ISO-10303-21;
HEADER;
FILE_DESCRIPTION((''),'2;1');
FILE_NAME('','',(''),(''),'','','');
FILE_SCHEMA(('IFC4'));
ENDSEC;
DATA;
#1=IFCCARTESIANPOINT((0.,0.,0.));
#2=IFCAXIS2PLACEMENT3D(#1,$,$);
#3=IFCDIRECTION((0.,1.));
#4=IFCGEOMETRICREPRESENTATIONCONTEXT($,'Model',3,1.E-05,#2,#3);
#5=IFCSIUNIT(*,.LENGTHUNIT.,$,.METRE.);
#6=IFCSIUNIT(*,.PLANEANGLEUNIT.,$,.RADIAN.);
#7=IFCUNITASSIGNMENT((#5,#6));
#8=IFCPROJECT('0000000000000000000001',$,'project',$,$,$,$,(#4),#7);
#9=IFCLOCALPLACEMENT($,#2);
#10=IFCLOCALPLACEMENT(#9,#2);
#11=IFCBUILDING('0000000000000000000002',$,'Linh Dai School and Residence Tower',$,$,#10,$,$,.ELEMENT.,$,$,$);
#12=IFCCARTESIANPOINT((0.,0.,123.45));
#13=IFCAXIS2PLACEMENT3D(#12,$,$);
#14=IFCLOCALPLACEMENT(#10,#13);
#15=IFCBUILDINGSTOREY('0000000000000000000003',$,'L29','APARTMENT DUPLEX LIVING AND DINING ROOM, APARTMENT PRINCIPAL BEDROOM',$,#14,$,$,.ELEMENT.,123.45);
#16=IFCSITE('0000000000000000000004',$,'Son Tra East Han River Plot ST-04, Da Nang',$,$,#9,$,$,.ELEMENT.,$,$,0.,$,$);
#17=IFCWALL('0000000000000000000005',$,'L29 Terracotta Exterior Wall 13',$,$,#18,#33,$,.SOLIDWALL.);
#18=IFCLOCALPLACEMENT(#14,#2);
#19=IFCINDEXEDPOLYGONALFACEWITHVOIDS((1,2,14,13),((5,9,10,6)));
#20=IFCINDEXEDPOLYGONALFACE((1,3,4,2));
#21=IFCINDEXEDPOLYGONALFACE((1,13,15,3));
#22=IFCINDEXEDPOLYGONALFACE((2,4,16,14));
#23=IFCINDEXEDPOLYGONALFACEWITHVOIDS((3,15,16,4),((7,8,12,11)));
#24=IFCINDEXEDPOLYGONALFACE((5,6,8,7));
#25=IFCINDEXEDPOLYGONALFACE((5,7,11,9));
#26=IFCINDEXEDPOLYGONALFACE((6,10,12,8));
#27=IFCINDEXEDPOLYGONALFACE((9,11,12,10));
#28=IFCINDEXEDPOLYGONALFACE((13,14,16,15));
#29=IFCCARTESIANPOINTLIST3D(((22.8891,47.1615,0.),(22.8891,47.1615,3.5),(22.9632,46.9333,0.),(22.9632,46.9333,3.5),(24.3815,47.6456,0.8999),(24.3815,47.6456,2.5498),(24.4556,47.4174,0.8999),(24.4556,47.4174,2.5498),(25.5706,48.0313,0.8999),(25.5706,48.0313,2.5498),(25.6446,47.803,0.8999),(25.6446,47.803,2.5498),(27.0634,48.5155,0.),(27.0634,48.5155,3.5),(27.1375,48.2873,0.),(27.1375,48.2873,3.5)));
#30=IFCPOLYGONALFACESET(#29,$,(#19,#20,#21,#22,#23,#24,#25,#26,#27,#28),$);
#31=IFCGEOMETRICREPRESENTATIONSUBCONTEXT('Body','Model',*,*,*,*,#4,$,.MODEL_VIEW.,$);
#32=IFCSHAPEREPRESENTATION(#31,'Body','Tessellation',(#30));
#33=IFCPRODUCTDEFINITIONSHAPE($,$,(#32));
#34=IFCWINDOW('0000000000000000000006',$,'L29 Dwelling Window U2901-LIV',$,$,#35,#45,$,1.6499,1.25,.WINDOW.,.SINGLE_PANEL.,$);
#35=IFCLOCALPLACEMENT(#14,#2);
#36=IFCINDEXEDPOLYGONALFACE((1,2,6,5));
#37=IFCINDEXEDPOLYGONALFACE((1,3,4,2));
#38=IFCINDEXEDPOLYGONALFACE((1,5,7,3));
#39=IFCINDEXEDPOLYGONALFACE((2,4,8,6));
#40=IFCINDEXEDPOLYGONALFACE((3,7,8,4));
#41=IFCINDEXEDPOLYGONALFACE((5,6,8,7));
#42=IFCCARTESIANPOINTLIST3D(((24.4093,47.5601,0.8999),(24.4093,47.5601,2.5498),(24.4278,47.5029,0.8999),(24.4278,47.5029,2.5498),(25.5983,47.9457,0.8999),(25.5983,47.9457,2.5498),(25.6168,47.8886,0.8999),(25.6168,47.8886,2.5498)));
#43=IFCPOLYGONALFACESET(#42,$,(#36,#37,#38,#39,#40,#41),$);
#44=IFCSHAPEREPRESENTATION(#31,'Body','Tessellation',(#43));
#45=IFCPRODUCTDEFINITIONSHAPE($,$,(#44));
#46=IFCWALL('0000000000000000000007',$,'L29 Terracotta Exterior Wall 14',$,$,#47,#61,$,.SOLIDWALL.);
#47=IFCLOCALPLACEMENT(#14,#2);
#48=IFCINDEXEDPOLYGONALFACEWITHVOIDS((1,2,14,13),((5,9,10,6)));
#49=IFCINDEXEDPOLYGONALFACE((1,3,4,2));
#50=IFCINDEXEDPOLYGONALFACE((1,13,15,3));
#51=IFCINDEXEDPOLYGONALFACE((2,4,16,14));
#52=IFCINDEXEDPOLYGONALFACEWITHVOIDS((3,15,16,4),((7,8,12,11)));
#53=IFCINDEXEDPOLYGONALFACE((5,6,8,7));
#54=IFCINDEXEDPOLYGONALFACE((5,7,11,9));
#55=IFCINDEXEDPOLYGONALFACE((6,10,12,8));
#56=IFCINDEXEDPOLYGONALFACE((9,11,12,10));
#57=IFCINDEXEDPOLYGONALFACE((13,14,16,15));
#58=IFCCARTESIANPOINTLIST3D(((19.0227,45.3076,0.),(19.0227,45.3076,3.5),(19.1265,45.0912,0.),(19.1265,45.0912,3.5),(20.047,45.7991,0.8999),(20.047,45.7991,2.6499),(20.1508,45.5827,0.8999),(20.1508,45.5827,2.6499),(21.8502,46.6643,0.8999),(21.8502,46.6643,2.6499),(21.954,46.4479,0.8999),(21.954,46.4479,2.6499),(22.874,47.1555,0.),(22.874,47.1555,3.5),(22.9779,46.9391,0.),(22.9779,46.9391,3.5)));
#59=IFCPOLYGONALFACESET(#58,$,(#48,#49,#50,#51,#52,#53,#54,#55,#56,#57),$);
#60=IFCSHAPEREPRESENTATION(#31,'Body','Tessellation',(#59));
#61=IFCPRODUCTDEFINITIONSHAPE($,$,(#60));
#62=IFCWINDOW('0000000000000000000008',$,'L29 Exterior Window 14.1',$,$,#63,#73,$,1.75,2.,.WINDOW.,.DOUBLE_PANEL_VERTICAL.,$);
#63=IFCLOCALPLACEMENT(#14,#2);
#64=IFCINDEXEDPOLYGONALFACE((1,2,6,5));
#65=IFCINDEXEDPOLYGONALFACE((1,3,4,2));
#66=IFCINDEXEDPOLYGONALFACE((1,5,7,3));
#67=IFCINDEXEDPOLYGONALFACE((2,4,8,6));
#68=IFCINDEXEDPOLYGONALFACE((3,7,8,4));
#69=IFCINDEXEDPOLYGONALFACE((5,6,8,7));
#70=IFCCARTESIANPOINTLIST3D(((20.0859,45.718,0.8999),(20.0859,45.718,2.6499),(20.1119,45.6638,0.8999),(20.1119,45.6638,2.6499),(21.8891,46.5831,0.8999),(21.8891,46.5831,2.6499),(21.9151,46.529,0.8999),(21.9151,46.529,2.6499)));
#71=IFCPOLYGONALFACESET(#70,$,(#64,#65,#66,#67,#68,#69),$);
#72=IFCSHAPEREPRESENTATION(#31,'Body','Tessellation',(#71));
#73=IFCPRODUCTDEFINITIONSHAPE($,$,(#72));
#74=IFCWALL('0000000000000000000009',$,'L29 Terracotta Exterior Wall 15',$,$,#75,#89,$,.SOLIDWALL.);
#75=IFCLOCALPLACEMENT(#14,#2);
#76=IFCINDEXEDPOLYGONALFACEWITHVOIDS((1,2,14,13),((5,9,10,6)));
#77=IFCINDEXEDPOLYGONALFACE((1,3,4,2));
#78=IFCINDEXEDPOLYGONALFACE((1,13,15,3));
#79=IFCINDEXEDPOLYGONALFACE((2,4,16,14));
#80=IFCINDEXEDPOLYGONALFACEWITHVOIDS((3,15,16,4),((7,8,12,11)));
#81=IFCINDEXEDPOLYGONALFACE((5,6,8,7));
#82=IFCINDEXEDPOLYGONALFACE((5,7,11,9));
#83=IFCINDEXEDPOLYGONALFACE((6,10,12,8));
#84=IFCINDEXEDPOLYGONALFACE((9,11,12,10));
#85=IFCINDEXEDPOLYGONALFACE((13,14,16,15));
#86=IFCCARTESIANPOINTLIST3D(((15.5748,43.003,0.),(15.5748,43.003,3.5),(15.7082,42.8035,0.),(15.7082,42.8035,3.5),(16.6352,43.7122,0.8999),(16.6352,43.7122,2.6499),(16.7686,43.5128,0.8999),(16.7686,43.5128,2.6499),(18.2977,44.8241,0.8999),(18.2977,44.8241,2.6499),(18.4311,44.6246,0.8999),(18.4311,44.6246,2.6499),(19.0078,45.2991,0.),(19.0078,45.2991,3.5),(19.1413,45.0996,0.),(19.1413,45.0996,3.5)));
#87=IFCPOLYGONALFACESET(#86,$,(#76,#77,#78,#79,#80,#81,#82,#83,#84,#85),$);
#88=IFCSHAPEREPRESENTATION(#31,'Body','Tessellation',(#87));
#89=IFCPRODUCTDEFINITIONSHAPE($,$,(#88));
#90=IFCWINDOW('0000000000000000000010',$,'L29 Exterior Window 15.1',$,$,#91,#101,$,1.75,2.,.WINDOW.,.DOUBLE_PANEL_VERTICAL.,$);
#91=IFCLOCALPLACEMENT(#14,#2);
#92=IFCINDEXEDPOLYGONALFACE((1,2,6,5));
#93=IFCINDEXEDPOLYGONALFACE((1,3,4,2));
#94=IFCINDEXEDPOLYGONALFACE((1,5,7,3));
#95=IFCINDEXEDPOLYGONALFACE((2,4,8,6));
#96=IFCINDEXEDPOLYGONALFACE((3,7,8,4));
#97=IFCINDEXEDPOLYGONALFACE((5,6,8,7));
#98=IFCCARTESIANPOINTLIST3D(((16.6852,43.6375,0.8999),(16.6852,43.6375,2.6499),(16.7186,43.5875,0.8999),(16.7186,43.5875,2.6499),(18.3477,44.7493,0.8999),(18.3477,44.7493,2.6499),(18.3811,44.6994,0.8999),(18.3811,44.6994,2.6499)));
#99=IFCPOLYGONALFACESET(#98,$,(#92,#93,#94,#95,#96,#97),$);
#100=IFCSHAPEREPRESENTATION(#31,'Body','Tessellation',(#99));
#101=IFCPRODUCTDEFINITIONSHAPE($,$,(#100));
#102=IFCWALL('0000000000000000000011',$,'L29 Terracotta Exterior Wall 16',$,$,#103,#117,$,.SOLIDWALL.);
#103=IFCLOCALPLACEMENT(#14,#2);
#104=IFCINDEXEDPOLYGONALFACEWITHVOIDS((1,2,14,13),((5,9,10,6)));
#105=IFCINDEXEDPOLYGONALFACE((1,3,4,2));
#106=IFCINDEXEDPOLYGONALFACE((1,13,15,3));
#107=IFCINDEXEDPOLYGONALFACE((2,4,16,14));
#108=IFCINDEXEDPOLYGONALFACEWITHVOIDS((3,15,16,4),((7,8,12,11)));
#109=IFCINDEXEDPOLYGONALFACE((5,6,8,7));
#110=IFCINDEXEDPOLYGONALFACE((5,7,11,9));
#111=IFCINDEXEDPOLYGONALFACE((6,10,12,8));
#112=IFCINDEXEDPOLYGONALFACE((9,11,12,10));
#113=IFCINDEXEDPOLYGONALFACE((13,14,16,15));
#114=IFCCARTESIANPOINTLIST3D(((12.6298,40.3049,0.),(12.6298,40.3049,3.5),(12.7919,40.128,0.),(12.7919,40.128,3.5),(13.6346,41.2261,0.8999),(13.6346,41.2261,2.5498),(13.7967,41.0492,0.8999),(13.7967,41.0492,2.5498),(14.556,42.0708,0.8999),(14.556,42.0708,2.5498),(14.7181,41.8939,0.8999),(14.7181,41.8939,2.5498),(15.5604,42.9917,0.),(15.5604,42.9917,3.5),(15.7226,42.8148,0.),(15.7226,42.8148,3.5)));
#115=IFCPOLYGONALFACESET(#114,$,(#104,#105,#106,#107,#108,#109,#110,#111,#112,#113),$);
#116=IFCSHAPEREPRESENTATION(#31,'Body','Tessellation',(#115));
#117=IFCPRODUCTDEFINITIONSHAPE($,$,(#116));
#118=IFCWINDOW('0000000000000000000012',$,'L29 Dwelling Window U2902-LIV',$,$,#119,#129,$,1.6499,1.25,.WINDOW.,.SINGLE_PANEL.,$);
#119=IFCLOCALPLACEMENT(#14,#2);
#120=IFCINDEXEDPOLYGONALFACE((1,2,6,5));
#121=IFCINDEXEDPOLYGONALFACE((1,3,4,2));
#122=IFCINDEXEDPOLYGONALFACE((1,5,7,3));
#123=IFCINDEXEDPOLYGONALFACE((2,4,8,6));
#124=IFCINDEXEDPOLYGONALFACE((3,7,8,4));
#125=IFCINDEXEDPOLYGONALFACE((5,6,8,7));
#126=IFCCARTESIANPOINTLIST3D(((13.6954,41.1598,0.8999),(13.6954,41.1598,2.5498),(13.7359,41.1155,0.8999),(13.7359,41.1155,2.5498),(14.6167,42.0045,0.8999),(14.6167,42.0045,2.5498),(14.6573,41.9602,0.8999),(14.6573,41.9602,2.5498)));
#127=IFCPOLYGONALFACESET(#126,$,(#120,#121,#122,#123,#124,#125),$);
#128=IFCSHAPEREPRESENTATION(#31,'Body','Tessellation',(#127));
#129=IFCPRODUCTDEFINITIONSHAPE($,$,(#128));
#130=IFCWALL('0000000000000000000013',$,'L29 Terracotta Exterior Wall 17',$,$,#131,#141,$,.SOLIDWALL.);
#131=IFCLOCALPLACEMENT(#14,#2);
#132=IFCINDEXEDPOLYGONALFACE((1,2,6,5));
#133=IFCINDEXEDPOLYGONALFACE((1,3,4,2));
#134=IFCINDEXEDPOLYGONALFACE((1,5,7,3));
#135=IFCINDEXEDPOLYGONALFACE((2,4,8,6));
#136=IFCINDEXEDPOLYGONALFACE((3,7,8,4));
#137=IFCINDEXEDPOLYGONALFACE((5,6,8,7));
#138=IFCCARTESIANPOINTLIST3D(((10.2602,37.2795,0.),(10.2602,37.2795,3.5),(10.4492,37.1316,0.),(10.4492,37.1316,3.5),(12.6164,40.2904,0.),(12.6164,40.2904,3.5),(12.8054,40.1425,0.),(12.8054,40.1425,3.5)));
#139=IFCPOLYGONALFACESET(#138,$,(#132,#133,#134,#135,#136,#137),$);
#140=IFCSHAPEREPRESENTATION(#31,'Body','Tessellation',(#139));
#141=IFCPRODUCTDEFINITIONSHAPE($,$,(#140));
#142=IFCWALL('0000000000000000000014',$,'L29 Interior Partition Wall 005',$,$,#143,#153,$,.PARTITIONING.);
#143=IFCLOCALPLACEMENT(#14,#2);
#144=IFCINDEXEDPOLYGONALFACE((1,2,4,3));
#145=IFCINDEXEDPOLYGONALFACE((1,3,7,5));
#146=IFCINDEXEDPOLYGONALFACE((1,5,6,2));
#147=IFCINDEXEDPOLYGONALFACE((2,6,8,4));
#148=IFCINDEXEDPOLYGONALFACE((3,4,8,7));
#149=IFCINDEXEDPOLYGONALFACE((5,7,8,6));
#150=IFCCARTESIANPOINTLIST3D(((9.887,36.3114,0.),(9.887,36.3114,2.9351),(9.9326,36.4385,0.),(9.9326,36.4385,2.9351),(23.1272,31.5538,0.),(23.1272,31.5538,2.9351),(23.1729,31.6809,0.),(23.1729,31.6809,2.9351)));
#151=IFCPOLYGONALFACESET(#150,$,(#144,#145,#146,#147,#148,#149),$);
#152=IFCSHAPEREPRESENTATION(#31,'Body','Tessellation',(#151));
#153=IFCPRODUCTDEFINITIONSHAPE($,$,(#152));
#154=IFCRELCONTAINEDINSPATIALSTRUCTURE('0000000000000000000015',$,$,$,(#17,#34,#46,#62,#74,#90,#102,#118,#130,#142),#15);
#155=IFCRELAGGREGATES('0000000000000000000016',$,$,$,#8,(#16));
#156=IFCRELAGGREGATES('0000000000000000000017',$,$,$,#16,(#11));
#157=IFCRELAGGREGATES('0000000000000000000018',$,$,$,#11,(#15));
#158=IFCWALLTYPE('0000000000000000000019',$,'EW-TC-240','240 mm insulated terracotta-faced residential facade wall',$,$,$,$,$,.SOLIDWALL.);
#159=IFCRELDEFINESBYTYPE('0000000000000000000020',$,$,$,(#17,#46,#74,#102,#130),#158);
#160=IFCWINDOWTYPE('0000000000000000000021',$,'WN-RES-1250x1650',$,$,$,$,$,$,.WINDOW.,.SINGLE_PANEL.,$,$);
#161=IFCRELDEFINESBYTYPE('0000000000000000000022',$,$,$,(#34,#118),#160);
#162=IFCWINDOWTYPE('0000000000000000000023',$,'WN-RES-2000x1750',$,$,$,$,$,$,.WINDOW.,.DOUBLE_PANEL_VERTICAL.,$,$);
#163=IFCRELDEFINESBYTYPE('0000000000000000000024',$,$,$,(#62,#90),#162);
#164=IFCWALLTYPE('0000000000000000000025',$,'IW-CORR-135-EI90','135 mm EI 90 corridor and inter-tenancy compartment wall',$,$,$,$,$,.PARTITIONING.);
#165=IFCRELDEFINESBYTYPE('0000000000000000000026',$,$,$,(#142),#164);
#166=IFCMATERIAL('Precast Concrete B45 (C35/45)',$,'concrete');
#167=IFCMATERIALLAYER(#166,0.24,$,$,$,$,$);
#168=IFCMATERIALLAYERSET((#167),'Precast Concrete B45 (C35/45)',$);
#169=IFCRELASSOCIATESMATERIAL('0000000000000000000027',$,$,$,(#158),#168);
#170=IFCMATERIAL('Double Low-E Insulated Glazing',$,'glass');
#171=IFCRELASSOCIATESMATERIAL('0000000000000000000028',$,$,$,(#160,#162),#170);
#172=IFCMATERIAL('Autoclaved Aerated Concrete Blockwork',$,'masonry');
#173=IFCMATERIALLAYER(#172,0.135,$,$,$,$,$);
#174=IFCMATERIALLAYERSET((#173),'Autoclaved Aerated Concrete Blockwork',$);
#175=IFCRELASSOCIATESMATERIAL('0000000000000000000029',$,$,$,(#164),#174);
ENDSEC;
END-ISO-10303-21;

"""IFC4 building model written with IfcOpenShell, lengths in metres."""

from ifc_helpers import new_model, si_unit, direction, frame, frame_2d, origin, origin_2d, place, context, subcontext, project, spatial, rectangle, extrude, source, transform, mapped, material, layer, layer_set, type_object, element, fill, save


model = new_model("IFC4")

# Units and contexts
model_context = context("Model", 3, precision=1e-05, world=origin(), true_north=direction((0.0, 1.0)))
body_context = subcontext(model_context, "Body", "Model", "MODEL_VIEW")
ifc_project = project(units=[si_unit("LENGTHUNIT", "METRE"), si_unit("PLANEANGLEUNIT", "RADIAN")], contexts=[model_context])

# Site, building, storey
site_placement = place(None, origin())
site = spatial("IfcSite", under=ifc_project, at=site_placement, Name="Son Tra East Han River Plot ST-04, Da Nang", CompositionType="ELEMENT", RefElevation=0.0)
building_placement = place(site_placement, origin())
building = spatial("IfcBuilding", under=site, at=building_placement, Name="Linh Dai School and Residence Tower", CompositionType="ELEMENT")
storey_placement = place(building_placement, frame((0.0, 0.0, 123.45)))
storey = spatial("IfcBuildingStorey", under=building, at=storey_placement, Name="L29", Description="APARTMENT DUPLEX LIVING AND DINING ROOM, APARTMENT PRINCIPAL BEDROOM", CompositionType="ELEMENT", Elevation=123.45)

# Shared definitions
ifc_material_1 = material(Name="Precast Concrete B45 (C35/45)", Category="concrete")

# Walls, openings, windows
ifc_layer_1 = layer(ifc_material_1, 0.24)
ifc_layer_set_1 = layer_set([ifc_layer_1], Name="Precast Concrete B45 (C35/45)")
wall_type_1 = type_object("IfcWallType", Name="EW-TC-240", Description="240 mm insulated terracotta-faced residential facade wall", PredefinedType="SOLIDWALL", material=ifc_layer_set_1)
wall_1_placement = place(storey_placement, frame((22.926, 47.0474, 0.0), z_axis=(0.0, 0.0, 1.0), x_axis=(0.951211, 0.30854, 0.0)))
wall_1 = element("IfcWall", 1, at=wall_1_placement, inside=storey, type_object=wall_type_1, Name="L29 Terracotta Exterior Wall 13", PredefinedType="SOLIDWALL", context=body_context, shape_type="SweptSolid", body=[
    extrude(rectangle(XDim=4.3884, YDim=0.24, at=frame_2d((2.1943, 0.0))), origin(), (0.0, 0.0, 1.0), 3.5),
])
opening_1_placement = place(wall_1_placement, frame((1.5691, 0.0, 0.8999)))
opening_1 = element("IfcOpeningElement", 2, at=opening_1_placement, cuts=wall_1, PredefinedType="OPENING", context=body_context, shape_type="SweptSolid", body=[
    extrude(rectangle(XDim=1.25, YDim=1.6499, at=origin_2d()), frame((0.625, 0.1299, 0.825), z_axis=(0.0, -1.0, 0.0), x_axis=(1.0, 0.0, 0.0)), (0.0, 0.0, 1.0), 0.26),
])
ifc_material_2 = material(Name="Double Low-E Insulated Glazing", Category="glass")
window_type_1 = type_object("IfcWindowType", Name="WN-RES-1250x1650", PartitioningType="SINGLE_PANEL", PredefinedType="WINDOW", material=ifc_material_2)
shared_shape_1 = source(origin(), body_context, "Body", "SweptSolid", [
    extrude(rectangle(XDim=1.25, YDim=1.6499, at=origin_2d()), frame((0.625, 0.03, 0.825), z_axis=(0.0, -1.0, 0.0), x_axis=(1.0, 0.0, 0.0)), (0.0, 0.0, 1.0), 0.0601),
])
window_1_placement = place(opening_1_placement, origin())
window_1 = element("IfcWindow", 3, at=window_1_placement, inside=storey, type_object=window_type_1, Name="L29 Dwelling Window U2901-LIV", OverallHeight=1.6499, OverallWidth=1.25, PartitioningType="SINGLE_PANEL", PredefinedType="WINDOW", context=body_context, shape_type="MappedRepresentation", body=[
    mapped(shared_shape_1, transform((0.0, 0.0, 0.0), x_axis=(1.0, 0.0, 0.0), y_axis=(0.0, 1.0, 0.0), z_axis=(0.0, 0.0, 1.0), scale=1.0)),
])
fill(opening_1, window_1)
wall_2_placement = place(storey_placement, frame((19.0747, 45.1995, 0.0), z_axis=(0.0, 0.0, 1.0), x_axis=(0.90159, 0.432592, 0.0)))
wall_2 = element("IfcWall", 4, at=wall_2_placement, inside=storey, type_object=wall_type_1, Name="L29 Terracotta Exterior Wall 14", PredefinedType="SOLIDWALL", context=body_context, shape_type="SweptSolid", body=[
    extrude(rectangle(XDim=4.2717, YDim=0.24, at=frame_2d((2.1357, 0.0))), origin(), (0.0, 0.0, 1.0), 3.5),
])
opening_2_placement = place(wall_2_placement, frame((1.136, 0.0, 0.8999)))
opening_2 = element("IfcOpeningElement", 5, at=opening_2_placement, cuts=wall_2, PredefinedType="OPENING", context=body_context, shape_type="SweptSolid", body=[
    extrude(rectangle(XDim=2.0, YDim=1.75, at=origin_2d()), frame((1.0, 0.1299, 0.875), z_axis=(0.0, -1.0, 0.0), x_axis=(1.0, 0.0, 0.0)), (0.0, 0.0, 1.0), 0.26),
])
window_type_2 = type_object("IfcWindowType", Name="WN-RES-2000x1750", PartitioningType="DOUBLE_PANEL_VERTICAL", PredefinedType="WINDOW", material=ifc_material_2)
shared_shape_2 = source(origin(), body_context, "Body", "SweptSolid", [
    extrude(rectangle(XDim=2.0, YDim=1.75, at=origin_2d()), frame((1.0, 0.03, 0.875), z_axis=(0.0, -1.0, 0.0), x_axis=(1.0, 0.0, 0.0)), (0.0, 0.0, 1.0), 0.0601),
])
window_2_placement = place(opening_2_placement, origin())
window_2 = element("IfcWindow", 6, at=window_2_placement, inside=storey, type_object=window_type_2, Name="L29 Exterior Window 14.1", OverallHeight=1.75, OverallWidth=2.0, PartitioningType="DOUBLE_PANEL_VERTICAL", PredefinedType="WINDOW", context=body_context, shape_type="MappedRepresentation", body=[
    mapped(shared_shape_2, transform((0.0, 0.0, 0.0), x_axis=(1.0, 0.0, 0.0), y_axis=(0.0, 1.0, 0.0), z_axis=(0.0, 0.0, 1.0), scale=1.0)),
])
fill(opening_2, window_2)
wall_3_placement = place(storey_placement, frame((15.6416, 42.9033, 0.0), z_axis=(0.0, 0.0, 1.0), x_axis=(0.831222, 0.555941, 0.0)))
wall_3 = element("IfcWall", 7, at=wall_3_placement, inside=storey, type_object=wall_type_1, Name="L29 Terracotta Exterior Wall 15", PredefinedType="SOLIDWALL", context=body_context, shape_type="SweptSolid", body=[
    extrude(rectangle(XDim=4.1301, YDim=0.24, at=frame_2d((2.0649, 0.0))), origin(), (0.0, 0.0, 1.0), 3.5),
])
opening_3_placement = place(wall_3_placement, frame((1.2756, 0.0, 0.8999)))
opening_3 = element("IfcOpeningElement", 8, at=opening_3_placement, cuts=wall_3, PredefinedType="OPENING", context=body_context, shape_type="SweptSolid", body=[
    extrude(rectangle(XDim=2.0, YDim=1.75, at=origin_2d()), frame((1.0, 0.1299, 0.875), z_axis=(0.0, -1.0, 0.0), x_axis=(1.0, 0.0, 0.0)), (0.0, 0.0, 1.0), 0.26),
])
window_3_placement = place(opening_3_placement, origin())
window_3 = element("IfcWindow", 9, at=window_3_placement, inside=storey, type_object=window_type_2, Name="L29 Exterior Window 15.1", OverallHeight=1.75, OverallWidth=2.0, PartitioningType="DOUBLE_PANEL_VERTICAL", PredefinedType="WINDOW", context=body_context, shape_type="MappedRepresentation", body=[
    mapped(shared_shape_2, transform((0.0, 0.0, 0.0), x_axis=(1.0, 0.0, 0.0), y_axis=(0.0, 1.0, 0.0), z_axis=(0.0, 0.0, 1.0), scale=1.0)),
])
fill(opening_3, window_3)
wall_4_placement = place(storey_placement, frame((12.7109, 40.2166, 0.0), z_axis=(0.0, 0.0, 1.0), x_axis=(0.737113, 0.675769, 0.0)))
wall_4 = element("IfcWall", 10, at=wall_4_placement, inside=storey, type_object=wall_type_1, Name="L29 Terracotta Exterior Wall 16", PredefinedType="SOLIDWALL", context=body_context, shape_type="SweptSolid", body=[
    extrude(rectangle(XDim=3.9758, YDim=0.24, at=frame_2d((1.9878, 0.0))), origin(), (0.0, 0.0, 1.0), 3.5),
])
opening_4_placement = place(wall_4_placement, frame((1.363, 0.0, 0.8999)))
opening_4 = element("IfcOpeningElement", 11, at=opening_4_placement, cuts=wall_4, PredefinedType="OPENING", context=body_context, shape_type="SweptSolid", body=[
    extrude(rectangle(XDim=1.25, YDim=1.6499, at=origin_2d()), frame((0.625, 0.1299, 0.825), z_axis=(0.0, -1.0, 0.0), x_axis=(1.0, 0.0, 0.0)), (0.0, 0.0, 1.0), 0.26),
])
window_4_placement = place(opening_4_placement, origin())
window_4 = element("IfcWindow", 12, at=window_4_placement, inside=storey, type_object=window_type_1, Name="L29 Dwelling Window U2902-LIV", OverallHeight=1.6499, OverallWidth=1.25, PartitioningType="SINGLE_PANEL", PredefinedType="WINDOW", context=body_context, shape_type="MappedRepresentation", body=[
    mapped(shared_shape_1, transform((0.0, 0.0, 0.0), x_axis=(1.0, 0.0, 0.0), y_axis=(0.0, 1.0, 0.0), z_axis=(0.0, 0.0, 1.0), scale=1.0)),
])
fill(opening_4, window_4)

# Walls
wall_5_placement = place(storey_placement, frame((10.3547, 37.2056, 0.0), z_axis=(0.0, 0.0, 1.0), x_axis=(0.616272, 0.787533, 0.0)))
element("IfcWall", 13, at=wall_5_placement, inside=storey, type_object=wall_type_1, Name="L29 Terracotta Exterior Wall 17", PredefinedType="SOLIDWALL", context=body_context, shape_type="SweptSolid", body=[
    extrude(rectangle(XDim=3.8232, YDim=0.24, at=frame_2d((1.9116, 0.0))), origin(), (0.0, 0.0, 1.0), 3.5),
])
ifc_material_3 = material(Name="Autoclaved Aerated Concrete Blockwork", Category="masonry")
ifc_layer_2 = layer(ifc_material_3, 0.135)
ifc_layer_set_2 = layer_set([ifc_layer_2], Name="Autoclaved Aerated Concrete Blockwork")
wall_type_2 = type_object("IfcWallType", Name="IW-CORR-135-EI90", Description="135 mm EI 90 corridor and inter-tenancy compartment wall", PredefinedType="PARTITIONING", material=ifc_layer_set_2)
wall_6_placement = place(storey_placement, frame((9.9097, 36.375, 0.0), z_axis=(0.0, 0.0, 1.0), x_axis=(0.941089, -0.338158, 0.0)))
element("IfcWall", 14, at=wall_6_placement, inside=storey, type_object=wall_type_2, Name="L29 Interior Partition Wall 005", PredefinedType="PARTITIONING", context=body_context, shape_type="SweptSolid", body=[
    extrude(rectangle(XDim=14.0691, YDim=0.135, at=frame_2d((7.0347, 0.0))), origin(), (0.0, 0.0, 1.0), 2.9351),
])

save(model, "model.ifc")
